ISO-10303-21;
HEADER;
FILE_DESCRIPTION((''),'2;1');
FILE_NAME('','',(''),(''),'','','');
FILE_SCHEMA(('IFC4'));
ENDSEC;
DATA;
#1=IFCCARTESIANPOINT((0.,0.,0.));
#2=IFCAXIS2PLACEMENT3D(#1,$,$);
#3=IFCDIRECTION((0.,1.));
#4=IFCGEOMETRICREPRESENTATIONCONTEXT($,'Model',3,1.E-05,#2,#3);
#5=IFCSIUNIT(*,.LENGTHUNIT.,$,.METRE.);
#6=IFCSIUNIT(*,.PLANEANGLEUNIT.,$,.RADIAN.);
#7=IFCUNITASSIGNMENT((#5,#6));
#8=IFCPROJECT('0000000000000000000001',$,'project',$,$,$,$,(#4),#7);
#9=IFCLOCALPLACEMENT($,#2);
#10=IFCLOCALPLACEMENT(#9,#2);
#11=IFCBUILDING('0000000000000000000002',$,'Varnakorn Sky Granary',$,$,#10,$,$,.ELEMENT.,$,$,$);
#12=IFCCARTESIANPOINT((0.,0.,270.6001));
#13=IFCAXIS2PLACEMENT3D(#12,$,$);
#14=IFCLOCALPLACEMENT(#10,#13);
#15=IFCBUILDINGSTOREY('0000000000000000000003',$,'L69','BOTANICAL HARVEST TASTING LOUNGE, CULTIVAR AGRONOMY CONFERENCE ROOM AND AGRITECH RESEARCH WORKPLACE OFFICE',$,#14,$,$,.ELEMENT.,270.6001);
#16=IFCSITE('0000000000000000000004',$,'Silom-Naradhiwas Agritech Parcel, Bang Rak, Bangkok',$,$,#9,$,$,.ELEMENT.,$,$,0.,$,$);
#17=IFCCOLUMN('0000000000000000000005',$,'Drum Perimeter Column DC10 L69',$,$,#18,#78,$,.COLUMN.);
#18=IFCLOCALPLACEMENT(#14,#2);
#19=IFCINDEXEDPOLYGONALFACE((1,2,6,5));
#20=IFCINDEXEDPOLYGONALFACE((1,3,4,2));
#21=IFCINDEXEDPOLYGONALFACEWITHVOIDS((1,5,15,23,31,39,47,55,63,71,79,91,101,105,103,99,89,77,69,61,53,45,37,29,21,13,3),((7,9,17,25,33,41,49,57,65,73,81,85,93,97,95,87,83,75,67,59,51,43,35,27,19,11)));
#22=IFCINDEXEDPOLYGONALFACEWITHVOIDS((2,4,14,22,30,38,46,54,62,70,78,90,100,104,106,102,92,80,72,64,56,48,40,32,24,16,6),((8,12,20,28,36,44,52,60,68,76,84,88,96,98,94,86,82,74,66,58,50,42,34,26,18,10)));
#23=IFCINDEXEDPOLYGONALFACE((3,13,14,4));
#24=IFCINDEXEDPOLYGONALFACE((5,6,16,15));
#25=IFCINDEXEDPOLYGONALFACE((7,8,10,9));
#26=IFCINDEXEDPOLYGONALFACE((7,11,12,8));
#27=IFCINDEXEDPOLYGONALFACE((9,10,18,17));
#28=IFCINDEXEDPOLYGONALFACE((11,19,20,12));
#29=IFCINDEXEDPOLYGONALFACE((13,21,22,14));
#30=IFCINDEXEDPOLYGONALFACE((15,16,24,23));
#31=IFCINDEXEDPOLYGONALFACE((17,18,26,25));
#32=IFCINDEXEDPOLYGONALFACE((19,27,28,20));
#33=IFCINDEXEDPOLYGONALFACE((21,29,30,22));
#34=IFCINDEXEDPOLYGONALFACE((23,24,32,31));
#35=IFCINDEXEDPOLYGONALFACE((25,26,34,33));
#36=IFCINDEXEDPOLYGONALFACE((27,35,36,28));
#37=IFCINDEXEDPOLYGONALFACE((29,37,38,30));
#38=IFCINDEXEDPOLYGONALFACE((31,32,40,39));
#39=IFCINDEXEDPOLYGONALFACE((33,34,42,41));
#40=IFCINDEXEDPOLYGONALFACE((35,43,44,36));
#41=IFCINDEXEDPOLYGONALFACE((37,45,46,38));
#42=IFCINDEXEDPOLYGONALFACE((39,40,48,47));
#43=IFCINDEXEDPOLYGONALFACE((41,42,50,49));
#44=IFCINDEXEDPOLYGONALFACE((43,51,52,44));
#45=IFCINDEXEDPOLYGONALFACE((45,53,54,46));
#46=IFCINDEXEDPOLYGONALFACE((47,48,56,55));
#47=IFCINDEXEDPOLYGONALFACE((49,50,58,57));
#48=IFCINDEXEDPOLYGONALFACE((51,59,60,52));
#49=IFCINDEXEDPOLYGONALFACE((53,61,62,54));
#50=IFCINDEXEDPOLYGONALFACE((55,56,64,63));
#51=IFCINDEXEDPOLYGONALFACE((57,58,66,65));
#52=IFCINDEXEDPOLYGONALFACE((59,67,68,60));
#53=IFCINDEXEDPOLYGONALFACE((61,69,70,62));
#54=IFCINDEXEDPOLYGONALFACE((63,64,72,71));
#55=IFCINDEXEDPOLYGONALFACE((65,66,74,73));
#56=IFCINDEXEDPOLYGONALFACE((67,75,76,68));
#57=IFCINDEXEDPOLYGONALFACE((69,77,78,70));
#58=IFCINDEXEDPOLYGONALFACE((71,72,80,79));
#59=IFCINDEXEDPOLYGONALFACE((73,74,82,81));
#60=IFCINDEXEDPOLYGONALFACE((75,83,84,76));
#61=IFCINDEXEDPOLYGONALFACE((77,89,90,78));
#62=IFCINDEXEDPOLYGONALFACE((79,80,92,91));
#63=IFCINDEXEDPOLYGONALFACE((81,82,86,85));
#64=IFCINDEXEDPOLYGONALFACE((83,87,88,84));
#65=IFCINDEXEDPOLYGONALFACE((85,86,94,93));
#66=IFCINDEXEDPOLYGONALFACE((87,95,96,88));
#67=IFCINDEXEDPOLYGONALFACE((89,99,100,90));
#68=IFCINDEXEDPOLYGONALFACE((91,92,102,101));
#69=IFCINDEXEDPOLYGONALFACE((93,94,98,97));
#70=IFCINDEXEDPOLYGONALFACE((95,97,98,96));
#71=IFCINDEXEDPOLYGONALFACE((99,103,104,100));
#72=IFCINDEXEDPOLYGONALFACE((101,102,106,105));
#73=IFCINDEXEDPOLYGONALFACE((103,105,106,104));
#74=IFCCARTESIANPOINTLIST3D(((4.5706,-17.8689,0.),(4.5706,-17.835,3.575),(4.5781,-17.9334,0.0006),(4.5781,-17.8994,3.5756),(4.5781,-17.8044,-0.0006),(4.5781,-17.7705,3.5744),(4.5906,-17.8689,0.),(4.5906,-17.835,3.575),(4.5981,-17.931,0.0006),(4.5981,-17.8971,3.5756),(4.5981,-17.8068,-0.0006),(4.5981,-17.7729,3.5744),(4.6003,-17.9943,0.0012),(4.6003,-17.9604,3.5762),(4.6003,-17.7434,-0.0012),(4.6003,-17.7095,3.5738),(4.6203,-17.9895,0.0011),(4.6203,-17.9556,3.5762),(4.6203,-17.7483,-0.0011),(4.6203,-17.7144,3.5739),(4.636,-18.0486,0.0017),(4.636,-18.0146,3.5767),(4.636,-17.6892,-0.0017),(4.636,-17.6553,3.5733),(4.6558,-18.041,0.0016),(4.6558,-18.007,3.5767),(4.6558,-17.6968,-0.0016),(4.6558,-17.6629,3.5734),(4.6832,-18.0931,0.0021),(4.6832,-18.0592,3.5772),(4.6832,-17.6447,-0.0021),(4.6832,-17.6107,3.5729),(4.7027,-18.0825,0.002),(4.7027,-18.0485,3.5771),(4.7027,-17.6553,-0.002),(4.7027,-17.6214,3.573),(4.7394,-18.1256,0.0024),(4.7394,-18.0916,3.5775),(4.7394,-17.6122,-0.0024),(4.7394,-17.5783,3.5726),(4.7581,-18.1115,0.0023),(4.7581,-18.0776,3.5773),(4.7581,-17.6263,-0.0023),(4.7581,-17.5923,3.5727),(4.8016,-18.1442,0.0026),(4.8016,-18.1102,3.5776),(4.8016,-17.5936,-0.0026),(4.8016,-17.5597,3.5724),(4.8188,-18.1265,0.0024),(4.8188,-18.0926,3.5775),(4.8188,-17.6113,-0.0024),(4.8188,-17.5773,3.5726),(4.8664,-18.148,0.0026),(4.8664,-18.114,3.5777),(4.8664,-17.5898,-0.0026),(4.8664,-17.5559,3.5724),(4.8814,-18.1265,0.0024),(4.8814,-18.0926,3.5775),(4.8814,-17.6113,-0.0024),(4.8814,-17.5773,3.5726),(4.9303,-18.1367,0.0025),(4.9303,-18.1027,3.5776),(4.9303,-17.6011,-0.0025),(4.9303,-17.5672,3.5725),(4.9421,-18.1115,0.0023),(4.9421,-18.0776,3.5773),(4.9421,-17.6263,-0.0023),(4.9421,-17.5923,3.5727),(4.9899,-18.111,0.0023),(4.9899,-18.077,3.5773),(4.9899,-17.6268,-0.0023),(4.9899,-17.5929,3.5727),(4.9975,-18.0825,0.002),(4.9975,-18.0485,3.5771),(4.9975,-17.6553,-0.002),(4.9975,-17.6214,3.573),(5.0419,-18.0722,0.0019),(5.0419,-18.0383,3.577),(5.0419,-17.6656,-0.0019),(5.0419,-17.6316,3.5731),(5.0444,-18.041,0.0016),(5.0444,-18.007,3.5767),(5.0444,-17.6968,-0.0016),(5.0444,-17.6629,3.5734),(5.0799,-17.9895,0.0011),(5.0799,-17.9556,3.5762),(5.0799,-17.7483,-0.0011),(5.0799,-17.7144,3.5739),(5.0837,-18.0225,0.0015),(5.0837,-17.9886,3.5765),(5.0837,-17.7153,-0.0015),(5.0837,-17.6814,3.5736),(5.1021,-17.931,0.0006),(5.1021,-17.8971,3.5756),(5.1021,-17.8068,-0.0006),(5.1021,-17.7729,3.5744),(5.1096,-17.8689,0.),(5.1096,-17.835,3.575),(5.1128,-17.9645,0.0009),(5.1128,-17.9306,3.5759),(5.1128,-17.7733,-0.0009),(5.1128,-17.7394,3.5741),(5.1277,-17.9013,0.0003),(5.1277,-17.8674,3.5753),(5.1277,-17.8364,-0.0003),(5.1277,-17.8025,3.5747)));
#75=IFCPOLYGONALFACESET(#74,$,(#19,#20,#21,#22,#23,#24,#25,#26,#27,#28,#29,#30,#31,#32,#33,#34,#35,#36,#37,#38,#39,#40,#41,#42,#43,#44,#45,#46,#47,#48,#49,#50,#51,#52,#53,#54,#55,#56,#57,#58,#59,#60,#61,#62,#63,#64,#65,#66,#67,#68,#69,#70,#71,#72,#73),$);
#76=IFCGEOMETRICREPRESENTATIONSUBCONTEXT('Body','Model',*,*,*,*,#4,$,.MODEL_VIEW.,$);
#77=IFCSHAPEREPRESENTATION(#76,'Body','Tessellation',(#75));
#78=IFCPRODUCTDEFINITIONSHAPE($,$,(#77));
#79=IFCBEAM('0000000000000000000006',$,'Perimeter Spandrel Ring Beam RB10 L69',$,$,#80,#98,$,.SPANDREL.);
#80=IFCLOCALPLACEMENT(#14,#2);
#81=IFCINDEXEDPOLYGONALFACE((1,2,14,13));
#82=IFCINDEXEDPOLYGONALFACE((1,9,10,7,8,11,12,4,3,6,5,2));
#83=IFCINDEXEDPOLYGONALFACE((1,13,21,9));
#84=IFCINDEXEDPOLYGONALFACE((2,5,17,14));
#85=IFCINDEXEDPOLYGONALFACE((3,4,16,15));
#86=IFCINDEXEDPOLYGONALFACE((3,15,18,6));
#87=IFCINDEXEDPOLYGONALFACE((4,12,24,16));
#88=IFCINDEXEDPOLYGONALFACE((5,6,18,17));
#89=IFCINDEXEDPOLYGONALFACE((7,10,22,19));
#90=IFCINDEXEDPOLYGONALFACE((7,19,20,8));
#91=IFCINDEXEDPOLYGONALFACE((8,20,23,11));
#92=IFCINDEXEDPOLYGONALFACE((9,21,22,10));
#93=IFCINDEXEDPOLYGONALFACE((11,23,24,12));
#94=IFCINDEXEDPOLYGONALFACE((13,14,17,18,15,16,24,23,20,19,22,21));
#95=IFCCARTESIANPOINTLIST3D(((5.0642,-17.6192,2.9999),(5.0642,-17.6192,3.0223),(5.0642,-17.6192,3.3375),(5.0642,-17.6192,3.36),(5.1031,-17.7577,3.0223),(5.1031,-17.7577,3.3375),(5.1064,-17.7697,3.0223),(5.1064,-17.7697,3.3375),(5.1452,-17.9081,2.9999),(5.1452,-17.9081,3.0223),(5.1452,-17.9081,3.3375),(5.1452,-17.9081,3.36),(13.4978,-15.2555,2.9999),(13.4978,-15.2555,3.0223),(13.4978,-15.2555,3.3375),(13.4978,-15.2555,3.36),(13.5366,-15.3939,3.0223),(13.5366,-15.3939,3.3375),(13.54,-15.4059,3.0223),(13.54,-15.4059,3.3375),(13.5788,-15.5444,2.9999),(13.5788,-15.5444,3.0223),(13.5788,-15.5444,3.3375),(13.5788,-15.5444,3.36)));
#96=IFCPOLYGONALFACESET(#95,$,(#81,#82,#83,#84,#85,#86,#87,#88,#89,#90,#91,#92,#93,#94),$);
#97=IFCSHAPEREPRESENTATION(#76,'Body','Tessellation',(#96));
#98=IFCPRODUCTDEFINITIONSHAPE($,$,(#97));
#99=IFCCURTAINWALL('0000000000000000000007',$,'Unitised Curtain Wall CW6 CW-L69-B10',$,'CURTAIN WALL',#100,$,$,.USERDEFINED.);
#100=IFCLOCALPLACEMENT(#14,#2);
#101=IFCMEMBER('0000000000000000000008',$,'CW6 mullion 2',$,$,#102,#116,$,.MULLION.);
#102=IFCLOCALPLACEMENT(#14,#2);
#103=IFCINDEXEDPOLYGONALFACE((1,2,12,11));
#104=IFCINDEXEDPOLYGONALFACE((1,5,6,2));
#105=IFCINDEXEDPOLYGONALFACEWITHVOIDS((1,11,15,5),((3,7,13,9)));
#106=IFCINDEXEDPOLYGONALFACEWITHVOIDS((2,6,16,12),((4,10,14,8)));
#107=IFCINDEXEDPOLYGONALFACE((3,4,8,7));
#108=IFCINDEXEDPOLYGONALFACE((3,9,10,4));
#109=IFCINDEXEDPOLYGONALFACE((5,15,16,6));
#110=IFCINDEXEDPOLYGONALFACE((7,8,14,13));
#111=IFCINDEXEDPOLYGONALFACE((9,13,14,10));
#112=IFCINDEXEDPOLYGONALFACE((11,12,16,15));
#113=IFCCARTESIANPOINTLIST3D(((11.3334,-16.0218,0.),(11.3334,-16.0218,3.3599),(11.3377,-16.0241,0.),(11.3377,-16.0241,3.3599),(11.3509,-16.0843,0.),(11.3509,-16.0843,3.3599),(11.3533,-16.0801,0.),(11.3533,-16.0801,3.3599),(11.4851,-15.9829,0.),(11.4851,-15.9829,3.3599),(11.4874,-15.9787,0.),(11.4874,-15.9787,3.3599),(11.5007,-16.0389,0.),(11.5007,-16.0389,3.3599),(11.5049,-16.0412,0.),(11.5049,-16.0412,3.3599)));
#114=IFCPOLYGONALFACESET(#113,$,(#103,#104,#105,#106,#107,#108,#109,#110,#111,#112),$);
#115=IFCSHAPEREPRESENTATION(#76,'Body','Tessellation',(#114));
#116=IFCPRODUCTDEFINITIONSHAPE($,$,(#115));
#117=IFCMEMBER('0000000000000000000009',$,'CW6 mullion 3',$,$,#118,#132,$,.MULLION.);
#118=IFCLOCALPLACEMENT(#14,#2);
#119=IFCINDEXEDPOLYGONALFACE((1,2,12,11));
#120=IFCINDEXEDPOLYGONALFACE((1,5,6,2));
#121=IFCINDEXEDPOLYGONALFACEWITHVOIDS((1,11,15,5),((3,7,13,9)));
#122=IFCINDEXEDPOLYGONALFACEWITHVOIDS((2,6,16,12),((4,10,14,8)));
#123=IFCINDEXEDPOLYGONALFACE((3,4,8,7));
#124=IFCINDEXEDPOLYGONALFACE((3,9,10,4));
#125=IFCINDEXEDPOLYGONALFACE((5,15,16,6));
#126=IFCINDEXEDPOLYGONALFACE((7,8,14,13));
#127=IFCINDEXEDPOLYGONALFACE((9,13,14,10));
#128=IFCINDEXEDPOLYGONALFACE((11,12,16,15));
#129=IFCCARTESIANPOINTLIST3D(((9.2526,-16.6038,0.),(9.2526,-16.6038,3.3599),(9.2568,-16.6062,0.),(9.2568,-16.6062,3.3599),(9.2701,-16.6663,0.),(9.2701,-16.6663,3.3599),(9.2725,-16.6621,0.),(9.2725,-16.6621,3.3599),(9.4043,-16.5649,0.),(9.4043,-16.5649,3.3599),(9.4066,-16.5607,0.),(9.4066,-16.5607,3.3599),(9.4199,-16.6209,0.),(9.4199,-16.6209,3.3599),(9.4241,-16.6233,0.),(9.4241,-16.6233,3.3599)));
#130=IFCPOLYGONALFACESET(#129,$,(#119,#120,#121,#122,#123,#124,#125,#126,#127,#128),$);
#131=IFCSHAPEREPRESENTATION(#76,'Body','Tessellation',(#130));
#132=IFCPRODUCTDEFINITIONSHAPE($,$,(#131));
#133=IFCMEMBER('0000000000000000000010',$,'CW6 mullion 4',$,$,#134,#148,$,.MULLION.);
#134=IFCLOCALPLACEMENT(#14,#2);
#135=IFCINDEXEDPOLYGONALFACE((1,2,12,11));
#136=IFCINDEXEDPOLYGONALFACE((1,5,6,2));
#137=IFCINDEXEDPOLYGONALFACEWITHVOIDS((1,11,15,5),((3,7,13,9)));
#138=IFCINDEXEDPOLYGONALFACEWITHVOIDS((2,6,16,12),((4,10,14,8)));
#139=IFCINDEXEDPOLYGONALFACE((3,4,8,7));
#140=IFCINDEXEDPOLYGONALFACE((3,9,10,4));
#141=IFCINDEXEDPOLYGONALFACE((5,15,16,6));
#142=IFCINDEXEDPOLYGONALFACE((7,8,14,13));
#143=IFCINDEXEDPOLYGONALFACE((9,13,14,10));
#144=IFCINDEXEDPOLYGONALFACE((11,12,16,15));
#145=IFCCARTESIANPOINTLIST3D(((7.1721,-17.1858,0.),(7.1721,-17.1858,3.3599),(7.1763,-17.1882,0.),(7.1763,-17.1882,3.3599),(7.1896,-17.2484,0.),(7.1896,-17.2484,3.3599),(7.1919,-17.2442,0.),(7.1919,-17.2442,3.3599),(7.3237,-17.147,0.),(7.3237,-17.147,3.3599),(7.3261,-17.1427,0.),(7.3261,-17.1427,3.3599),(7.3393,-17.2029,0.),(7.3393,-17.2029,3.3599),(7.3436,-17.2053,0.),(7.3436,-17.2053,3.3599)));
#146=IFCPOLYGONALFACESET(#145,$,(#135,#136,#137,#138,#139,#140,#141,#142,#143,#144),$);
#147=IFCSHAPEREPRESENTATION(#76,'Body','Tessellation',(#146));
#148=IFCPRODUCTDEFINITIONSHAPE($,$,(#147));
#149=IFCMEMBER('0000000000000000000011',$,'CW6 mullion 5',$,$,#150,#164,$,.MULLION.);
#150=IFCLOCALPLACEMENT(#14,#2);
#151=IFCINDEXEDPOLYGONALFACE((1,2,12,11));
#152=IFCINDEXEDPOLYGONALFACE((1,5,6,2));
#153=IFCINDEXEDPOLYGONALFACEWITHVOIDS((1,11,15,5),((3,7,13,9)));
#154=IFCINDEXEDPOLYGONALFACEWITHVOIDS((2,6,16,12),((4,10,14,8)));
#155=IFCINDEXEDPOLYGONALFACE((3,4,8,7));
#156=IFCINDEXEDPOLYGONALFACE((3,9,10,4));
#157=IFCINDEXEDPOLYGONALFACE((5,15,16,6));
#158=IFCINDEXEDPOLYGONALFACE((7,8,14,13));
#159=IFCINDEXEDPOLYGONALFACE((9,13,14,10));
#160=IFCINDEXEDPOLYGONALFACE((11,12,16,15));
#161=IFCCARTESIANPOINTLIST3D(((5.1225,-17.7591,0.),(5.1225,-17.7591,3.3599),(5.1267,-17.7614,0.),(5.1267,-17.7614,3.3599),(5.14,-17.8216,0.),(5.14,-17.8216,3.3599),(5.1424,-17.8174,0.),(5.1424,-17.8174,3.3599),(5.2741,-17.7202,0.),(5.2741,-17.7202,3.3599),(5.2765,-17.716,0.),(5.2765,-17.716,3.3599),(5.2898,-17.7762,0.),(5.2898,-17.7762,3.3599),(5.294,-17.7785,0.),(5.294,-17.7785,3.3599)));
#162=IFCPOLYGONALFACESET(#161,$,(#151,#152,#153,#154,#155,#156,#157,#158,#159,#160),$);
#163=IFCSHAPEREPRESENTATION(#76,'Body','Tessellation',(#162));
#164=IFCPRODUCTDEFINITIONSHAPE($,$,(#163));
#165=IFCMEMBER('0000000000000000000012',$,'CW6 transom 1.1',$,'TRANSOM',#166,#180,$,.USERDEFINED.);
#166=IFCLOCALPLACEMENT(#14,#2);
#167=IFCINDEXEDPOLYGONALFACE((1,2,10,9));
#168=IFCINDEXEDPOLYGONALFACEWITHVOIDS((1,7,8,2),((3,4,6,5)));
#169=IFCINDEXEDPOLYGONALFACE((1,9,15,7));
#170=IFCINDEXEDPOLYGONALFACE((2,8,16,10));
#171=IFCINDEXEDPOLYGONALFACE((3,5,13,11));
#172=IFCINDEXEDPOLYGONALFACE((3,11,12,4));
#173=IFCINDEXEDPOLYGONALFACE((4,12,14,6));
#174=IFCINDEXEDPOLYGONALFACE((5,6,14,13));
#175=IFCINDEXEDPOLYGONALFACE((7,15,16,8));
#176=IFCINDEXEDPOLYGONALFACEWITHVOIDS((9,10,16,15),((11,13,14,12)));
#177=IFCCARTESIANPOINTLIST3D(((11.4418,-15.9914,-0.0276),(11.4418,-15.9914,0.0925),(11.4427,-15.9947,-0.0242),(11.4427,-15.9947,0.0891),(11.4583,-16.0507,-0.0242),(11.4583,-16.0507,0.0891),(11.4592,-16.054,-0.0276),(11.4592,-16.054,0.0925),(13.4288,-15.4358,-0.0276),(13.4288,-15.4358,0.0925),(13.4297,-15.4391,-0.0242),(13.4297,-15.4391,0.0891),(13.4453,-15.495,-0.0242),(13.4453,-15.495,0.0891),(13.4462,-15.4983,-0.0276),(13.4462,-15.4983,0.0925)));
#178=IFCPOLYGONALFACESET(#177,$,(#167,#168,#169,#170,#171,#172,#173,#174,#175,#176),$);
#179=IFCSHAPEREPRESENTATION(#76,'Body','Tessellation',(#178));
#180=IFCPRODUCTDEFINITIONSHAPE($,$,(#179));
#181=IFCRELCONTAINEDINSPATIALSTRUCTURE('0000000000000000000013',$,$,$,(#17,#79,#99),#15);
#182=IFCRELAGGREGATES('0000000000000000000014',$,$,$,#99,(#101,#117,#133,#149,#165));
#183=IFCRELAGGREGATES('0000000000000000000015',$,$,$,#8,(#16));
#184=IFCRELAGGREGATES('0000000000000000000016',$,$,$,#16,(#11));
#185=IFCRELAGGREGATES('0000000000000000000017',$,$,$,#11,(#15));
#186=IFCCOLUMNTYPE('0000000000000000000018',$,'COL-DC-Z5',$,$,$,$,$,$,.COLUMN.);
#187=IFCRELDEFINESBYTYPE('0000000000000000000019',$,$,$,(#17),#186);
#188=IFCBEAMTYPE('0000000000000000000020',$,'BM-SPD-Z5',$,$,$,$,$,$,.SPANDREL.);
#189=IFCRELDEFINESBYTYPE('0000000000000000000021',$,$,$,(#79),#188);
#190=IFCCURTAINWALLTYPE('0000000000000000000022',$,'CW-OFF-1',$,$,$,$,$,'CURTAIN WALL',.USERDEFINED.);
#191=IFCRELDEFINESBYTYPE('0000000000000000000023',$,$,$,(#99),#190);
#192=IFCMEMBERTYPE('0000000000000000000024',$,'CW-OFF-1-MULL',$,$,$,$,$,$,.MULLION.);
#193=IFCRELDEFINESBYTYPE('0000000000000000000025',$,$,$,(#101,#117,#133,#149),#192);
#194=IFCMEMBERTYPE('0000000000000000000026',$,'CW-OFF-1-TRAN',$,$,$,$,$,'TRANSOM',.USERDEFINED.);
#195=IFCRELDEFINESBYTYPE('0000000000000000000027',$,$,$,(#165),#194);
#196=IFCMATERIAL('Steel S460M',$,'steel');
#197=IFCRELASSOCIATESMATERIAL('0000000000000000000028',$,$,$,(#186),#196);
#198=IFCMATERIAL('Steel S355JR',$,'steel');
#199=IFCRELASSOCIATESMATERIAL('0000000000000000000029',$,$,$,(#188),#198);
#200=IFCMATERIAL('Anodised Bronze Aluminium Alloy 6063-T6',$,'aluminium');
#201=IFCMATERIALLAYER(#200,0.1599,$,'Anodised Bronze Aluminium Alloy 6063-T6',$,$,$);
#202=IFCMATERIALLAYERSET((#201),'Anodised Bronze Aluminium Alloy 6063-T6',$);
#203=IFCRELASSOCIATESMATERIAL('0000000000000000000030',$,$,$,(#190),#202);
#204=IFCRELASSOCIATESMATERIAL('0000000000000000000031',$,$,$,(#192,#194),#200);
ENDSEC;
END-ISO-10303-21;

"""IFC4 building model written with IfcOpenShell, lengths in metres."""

from ifc_helpers import new_model, si_unit, direction, frame, origin, origin_2d, place, context, subcontext, project, spatial, hollow_rectangle, hollow_circle, i_section, extrude, material, layer, layer_set, material_profile, profile_set, type_object, element, aggregate, save


model = new_model("IFC4")

# Units and contexts
model_context = context("Model", 3, precision=1e-05, world=origin(), true_north=direction((0.0, 1.0)))
body_context = subcontext(model_context, "Body", "Model", "MODEL_VIEW")
ifc_project = project(units=[si_unit("LENGTHUNIT", "METRE"), si_unit("PLANEANGLEUNIT", "RADIAN")], contexts=[model_context])

# Site, building, storey
site_placement = place(None, origin())
site = spatial("IfcSite", under=ifc_project, at=site_placement, Name="Silom-Naradhiwas Agritech Parcel, Bang Rak, Bangkok", CompositionType="ELEMENT", RefElevation=0.0)
building_placement = place(site_placement, origin())
building = spatial("IfcBuilding", under=site, at=building_placement, Name="Varnakorn Sky Granary", CompositionType="ELEMENT")
storey_placement = place(building_placement, frame((0.0, 0.0, 270.6001)))
storey = spatial("IfcBuildingStorey", under=building, at=storey_placement, Name="L69", Description="BOTANICAL HARVEST TASTING LOUNGE, CULTIVAR AGRONOMY CONFERENCE ROOM AND AGRITECH RESEARCH WORKPLACE OFFICE", CompositionType="ELEMENT", Elevation=270.6001)

# Column
ifc_material_1 = material(Name="Steel S460M", Category="steel")
ifc_material_profile_1 = material_profile(ifc_material_1, hollow_circle(Radius=0.2795, WallThickness=0.02, at=origin_2d()), Name="CHS 559x20")
ifc_profile_set_1 = profile_set([ifc_material_profile_1], Name="Steel S460M")
column_type = type_object("IfcColumnType", Name="COL-DC-Z5", PredefinedType="COLUMN", material=ifc_profile_set_1)
column_placement = place(storey_placement, frame((4.8501, -17.8689, 0.0), z_axis=(0.0, 0.009492, 0.999955), x_axis=(-1.0, 0.0, 0.0)))
element("IfcColumn", 1, at=column_placement, inside=storey, type_object=column_type, Name="Drum Perimeter Column DC10 L69", PredefinedType="COLUMN", context=body_context, shape_type="SweptSolid", body=[
    extrude(hollow_circle(Radius=0.2795, WallThickness=0.02, at=origin_2d()), origin(), (0.0, 0.0, 1.0), 3.5752),
])

# Beam
ifc_material_2 = material(Name="Steel S355JR", Category="steel")
ifc_material_profile_2 = material_profile(ifc_material_2, i_section(OverallWidth=0.3, OverallDepth=0.3601, WebThickness=0.0125, FlangeThickness=0.0225, at=origin_2d()), Name="HE 360 B")
ifc_profile_set_2 = profile_set([ifc_material_profile_2], Name="Steel S355JR")
beam_type = type_object("IfcBeamType", Name="BM-SPD-Z5", PredefinedType="SPANDREL", material=ifc_profile_set_2)
beam_placement = place(storey_placement, frame((5.1047, -17.7637, 3.1799), z_axis=(0.962894, 0.26988, 0.0), x_axis=(-0.26988, 0.962894, 0.0)))
element("IfcBeam", 2, at=beam_placement, inside=storey, type_object=beam_type, Name="Perimeter Spandrel Ring Beam RB10 L69", PredefinedType="SPANDREL", context=body_context, shape_type="SweptSolid", body=[
    extrude(i_section(OverallWidth=0.3, OverallDepth=0.3601, WebThickness=0.0125, FlangeThickness=0.0225, at=origin_2d()), origin(), (0.0, 0.0, 1.0), 8.7585),
])

# Curtain wall, members
ifc_material_3 = material(Name="Anodised Bronze Aluminium Alloy 6063-T6", Category="aluminium")
ifc_layer_1 = layer(ifc_material_3, 0.1599, Name="Anodised Bronze Aluminium Alloy 6063-T6")
ifc_layer_set_1 = layer_set([ifc_layer_1], Name="Anodised Bronze Aluminium Alloy 6063-T6")
curtain_wall_type = type_object("IfcCurtainWallType", Name="CW-OFF-1", ElementType="CURTAIN WALL", PredefinedType="USERDEFINED", material=ifc_layer_set_1)
curtain_wall_placement = place(storey_placement, origin())
curtain_wall = element("IfcCurtainWall", 3, at=curtain_wall_placement, inside=storey, type_object=curtain_wall_type, Name="Unitised Curtain Wall CW6 CW-L69-B10", ObjectType="CURTAIN WALL", PredefinedType="USERDEFINED")
ifc_material_profile_3 = material_profile(ifc_material_3, hollow_rectangle(XDim=0.0649, YDim=0.1599, WallThickness=0.0034, at=origin_2d()), Name="ALU MULL 65x160")
ifc_profile_set_3 = profile_set([ifc_material_profile_3], Name="Anodised Bronze Aluminium Alloy 6063-T6")
member_type_1 = type_object("IfcMemberType", Name="CW-OFF-1-MULL", PredefinedType="MULLION", material=ifc_profile_set_3)
member_1_placement = place(storey_placement, frame((11.4192, -16.0315, 0.0), z_axis=(0.0, 0.0, 1.0), x_axis=(0.269379, -0.963034, 0.0)))
member_1 = element("IfcMember", 4, at=member_1_placement, type_object=member_type_1, Name="CW6 mullion 2", PredefinedType="MULLION", context=body_context, shape_type="SweptSolid", body=[
    extrude(hollow_rectangle(XDim=0.0649, YDim=0.1599, WallThickness=0.0034, at=origin_2d()), origin(), (0.0, 0.0, 1.0), 3.3599),
])
member_2_placement = place(storey_placement, frame((9.3384, -16.6135, 0.0), z_axis=(0.0, 0.0, 1.0), x_axis=(0.269379, -0.963034, 0.0)))
member_2 = element("IfcMember", 5, at=member_2_placement, type_object=member_type_1, Name="CW6 mullion 3", PredefinedType="MULLION", context=body_context, shape_type="SweptSolid", body=[
    extrude(hollow_rectangle(XDim=0.0649, YDim=0.1599, WallThickness=0.0034, at=origin_2d()), origin(), (0.0, 0.0, 1.0), 3.3599),
])
member_3_placement = place(storey_placement, frame((7.2578, -17.1956, 0.0), z_axis=(0.0, 0.0, 1.0), x_axis=(0.269379, -0.963034, 0.0)))
member_3 = element("IfcMember", 6, at=member_3_placement, type_object=member_type_1, Name="CW6 mullion 4", PredefinedType="MULLION", context=body_context, shape_type="SweptSolid", body=[
    extrude(hollow_rectangle(XDim=0.0649, YDim=0.1599, WallThickness=0.0034, at=origin_2d()), origin(), (0.0, 0.0, 1.0), 3.3599),
])
member_4_placement = place(storey_placement, frame((5.2083, -17.7688, 0.0), z_axis=(0.0, 0.0, 1.0), x_axis=(0.269379, -0.963034, 0.0)))
member_4 = element("IfcMember", 7, at=member_4_placement, type_object=member_type_1, Name="CW6 mullion 5", PredefinedType="MULLION", context=body_context, shape_type="SweptSolid", body=[
    extrude(hollow_rectangle(XDim=0.0649, YDim=0.1599, WallThickness=0.0034, at=origin_2d()), origin(), (0.0, 0.0, 1.0), 3.3599),
])
ifc_material_profile_4 = material_profile(ifc_material_3, hollow_rectangle(XDim=0.0649, YDim=0.1201, WallThickness=0.0034, at=origin_2d()), Name="ALU TRAN 65x120")
ifc_profile_set_4 = profile_set([ifc_material_profile_4], Name="Anodised Bronze Aluminium Alloy 6063-T6")
member_type_2 = type_object("IfcMemberType", Name="CW-OFF-1-TRAN", ElementType="TRANSOM", PredefinedType="USERDEFINED", material=ifc_profile_set_4)
member_5_placement = place(storey_placement, frame((13.4375, -15.467, 0.0325), z_axis=(-0.963054, -0.26931, 0.0), x_axis=(0.26931, -0.963054, 0.0)))
member_5 = element("IfcMember", 8, at=member_5_placement, type_object=member_type_2, Name="CW6 transom 1.1", ObjectType="TRANSOM", PredefinedType="USERDEFINED", context=body_context, shape_type="SweptSolid", body=[
    extrude(hollow_rectangle(XDim=0.0649, YDim=0.1201, WallThickness=0.0034, at=origin_2d()), origin(), (0.0, 0.0, 1.0), 2.0632),
])
aggregate(curtain_wall, [member_1, member_2, member_3, member_4, member_5])

save(model, "model.ifc")
